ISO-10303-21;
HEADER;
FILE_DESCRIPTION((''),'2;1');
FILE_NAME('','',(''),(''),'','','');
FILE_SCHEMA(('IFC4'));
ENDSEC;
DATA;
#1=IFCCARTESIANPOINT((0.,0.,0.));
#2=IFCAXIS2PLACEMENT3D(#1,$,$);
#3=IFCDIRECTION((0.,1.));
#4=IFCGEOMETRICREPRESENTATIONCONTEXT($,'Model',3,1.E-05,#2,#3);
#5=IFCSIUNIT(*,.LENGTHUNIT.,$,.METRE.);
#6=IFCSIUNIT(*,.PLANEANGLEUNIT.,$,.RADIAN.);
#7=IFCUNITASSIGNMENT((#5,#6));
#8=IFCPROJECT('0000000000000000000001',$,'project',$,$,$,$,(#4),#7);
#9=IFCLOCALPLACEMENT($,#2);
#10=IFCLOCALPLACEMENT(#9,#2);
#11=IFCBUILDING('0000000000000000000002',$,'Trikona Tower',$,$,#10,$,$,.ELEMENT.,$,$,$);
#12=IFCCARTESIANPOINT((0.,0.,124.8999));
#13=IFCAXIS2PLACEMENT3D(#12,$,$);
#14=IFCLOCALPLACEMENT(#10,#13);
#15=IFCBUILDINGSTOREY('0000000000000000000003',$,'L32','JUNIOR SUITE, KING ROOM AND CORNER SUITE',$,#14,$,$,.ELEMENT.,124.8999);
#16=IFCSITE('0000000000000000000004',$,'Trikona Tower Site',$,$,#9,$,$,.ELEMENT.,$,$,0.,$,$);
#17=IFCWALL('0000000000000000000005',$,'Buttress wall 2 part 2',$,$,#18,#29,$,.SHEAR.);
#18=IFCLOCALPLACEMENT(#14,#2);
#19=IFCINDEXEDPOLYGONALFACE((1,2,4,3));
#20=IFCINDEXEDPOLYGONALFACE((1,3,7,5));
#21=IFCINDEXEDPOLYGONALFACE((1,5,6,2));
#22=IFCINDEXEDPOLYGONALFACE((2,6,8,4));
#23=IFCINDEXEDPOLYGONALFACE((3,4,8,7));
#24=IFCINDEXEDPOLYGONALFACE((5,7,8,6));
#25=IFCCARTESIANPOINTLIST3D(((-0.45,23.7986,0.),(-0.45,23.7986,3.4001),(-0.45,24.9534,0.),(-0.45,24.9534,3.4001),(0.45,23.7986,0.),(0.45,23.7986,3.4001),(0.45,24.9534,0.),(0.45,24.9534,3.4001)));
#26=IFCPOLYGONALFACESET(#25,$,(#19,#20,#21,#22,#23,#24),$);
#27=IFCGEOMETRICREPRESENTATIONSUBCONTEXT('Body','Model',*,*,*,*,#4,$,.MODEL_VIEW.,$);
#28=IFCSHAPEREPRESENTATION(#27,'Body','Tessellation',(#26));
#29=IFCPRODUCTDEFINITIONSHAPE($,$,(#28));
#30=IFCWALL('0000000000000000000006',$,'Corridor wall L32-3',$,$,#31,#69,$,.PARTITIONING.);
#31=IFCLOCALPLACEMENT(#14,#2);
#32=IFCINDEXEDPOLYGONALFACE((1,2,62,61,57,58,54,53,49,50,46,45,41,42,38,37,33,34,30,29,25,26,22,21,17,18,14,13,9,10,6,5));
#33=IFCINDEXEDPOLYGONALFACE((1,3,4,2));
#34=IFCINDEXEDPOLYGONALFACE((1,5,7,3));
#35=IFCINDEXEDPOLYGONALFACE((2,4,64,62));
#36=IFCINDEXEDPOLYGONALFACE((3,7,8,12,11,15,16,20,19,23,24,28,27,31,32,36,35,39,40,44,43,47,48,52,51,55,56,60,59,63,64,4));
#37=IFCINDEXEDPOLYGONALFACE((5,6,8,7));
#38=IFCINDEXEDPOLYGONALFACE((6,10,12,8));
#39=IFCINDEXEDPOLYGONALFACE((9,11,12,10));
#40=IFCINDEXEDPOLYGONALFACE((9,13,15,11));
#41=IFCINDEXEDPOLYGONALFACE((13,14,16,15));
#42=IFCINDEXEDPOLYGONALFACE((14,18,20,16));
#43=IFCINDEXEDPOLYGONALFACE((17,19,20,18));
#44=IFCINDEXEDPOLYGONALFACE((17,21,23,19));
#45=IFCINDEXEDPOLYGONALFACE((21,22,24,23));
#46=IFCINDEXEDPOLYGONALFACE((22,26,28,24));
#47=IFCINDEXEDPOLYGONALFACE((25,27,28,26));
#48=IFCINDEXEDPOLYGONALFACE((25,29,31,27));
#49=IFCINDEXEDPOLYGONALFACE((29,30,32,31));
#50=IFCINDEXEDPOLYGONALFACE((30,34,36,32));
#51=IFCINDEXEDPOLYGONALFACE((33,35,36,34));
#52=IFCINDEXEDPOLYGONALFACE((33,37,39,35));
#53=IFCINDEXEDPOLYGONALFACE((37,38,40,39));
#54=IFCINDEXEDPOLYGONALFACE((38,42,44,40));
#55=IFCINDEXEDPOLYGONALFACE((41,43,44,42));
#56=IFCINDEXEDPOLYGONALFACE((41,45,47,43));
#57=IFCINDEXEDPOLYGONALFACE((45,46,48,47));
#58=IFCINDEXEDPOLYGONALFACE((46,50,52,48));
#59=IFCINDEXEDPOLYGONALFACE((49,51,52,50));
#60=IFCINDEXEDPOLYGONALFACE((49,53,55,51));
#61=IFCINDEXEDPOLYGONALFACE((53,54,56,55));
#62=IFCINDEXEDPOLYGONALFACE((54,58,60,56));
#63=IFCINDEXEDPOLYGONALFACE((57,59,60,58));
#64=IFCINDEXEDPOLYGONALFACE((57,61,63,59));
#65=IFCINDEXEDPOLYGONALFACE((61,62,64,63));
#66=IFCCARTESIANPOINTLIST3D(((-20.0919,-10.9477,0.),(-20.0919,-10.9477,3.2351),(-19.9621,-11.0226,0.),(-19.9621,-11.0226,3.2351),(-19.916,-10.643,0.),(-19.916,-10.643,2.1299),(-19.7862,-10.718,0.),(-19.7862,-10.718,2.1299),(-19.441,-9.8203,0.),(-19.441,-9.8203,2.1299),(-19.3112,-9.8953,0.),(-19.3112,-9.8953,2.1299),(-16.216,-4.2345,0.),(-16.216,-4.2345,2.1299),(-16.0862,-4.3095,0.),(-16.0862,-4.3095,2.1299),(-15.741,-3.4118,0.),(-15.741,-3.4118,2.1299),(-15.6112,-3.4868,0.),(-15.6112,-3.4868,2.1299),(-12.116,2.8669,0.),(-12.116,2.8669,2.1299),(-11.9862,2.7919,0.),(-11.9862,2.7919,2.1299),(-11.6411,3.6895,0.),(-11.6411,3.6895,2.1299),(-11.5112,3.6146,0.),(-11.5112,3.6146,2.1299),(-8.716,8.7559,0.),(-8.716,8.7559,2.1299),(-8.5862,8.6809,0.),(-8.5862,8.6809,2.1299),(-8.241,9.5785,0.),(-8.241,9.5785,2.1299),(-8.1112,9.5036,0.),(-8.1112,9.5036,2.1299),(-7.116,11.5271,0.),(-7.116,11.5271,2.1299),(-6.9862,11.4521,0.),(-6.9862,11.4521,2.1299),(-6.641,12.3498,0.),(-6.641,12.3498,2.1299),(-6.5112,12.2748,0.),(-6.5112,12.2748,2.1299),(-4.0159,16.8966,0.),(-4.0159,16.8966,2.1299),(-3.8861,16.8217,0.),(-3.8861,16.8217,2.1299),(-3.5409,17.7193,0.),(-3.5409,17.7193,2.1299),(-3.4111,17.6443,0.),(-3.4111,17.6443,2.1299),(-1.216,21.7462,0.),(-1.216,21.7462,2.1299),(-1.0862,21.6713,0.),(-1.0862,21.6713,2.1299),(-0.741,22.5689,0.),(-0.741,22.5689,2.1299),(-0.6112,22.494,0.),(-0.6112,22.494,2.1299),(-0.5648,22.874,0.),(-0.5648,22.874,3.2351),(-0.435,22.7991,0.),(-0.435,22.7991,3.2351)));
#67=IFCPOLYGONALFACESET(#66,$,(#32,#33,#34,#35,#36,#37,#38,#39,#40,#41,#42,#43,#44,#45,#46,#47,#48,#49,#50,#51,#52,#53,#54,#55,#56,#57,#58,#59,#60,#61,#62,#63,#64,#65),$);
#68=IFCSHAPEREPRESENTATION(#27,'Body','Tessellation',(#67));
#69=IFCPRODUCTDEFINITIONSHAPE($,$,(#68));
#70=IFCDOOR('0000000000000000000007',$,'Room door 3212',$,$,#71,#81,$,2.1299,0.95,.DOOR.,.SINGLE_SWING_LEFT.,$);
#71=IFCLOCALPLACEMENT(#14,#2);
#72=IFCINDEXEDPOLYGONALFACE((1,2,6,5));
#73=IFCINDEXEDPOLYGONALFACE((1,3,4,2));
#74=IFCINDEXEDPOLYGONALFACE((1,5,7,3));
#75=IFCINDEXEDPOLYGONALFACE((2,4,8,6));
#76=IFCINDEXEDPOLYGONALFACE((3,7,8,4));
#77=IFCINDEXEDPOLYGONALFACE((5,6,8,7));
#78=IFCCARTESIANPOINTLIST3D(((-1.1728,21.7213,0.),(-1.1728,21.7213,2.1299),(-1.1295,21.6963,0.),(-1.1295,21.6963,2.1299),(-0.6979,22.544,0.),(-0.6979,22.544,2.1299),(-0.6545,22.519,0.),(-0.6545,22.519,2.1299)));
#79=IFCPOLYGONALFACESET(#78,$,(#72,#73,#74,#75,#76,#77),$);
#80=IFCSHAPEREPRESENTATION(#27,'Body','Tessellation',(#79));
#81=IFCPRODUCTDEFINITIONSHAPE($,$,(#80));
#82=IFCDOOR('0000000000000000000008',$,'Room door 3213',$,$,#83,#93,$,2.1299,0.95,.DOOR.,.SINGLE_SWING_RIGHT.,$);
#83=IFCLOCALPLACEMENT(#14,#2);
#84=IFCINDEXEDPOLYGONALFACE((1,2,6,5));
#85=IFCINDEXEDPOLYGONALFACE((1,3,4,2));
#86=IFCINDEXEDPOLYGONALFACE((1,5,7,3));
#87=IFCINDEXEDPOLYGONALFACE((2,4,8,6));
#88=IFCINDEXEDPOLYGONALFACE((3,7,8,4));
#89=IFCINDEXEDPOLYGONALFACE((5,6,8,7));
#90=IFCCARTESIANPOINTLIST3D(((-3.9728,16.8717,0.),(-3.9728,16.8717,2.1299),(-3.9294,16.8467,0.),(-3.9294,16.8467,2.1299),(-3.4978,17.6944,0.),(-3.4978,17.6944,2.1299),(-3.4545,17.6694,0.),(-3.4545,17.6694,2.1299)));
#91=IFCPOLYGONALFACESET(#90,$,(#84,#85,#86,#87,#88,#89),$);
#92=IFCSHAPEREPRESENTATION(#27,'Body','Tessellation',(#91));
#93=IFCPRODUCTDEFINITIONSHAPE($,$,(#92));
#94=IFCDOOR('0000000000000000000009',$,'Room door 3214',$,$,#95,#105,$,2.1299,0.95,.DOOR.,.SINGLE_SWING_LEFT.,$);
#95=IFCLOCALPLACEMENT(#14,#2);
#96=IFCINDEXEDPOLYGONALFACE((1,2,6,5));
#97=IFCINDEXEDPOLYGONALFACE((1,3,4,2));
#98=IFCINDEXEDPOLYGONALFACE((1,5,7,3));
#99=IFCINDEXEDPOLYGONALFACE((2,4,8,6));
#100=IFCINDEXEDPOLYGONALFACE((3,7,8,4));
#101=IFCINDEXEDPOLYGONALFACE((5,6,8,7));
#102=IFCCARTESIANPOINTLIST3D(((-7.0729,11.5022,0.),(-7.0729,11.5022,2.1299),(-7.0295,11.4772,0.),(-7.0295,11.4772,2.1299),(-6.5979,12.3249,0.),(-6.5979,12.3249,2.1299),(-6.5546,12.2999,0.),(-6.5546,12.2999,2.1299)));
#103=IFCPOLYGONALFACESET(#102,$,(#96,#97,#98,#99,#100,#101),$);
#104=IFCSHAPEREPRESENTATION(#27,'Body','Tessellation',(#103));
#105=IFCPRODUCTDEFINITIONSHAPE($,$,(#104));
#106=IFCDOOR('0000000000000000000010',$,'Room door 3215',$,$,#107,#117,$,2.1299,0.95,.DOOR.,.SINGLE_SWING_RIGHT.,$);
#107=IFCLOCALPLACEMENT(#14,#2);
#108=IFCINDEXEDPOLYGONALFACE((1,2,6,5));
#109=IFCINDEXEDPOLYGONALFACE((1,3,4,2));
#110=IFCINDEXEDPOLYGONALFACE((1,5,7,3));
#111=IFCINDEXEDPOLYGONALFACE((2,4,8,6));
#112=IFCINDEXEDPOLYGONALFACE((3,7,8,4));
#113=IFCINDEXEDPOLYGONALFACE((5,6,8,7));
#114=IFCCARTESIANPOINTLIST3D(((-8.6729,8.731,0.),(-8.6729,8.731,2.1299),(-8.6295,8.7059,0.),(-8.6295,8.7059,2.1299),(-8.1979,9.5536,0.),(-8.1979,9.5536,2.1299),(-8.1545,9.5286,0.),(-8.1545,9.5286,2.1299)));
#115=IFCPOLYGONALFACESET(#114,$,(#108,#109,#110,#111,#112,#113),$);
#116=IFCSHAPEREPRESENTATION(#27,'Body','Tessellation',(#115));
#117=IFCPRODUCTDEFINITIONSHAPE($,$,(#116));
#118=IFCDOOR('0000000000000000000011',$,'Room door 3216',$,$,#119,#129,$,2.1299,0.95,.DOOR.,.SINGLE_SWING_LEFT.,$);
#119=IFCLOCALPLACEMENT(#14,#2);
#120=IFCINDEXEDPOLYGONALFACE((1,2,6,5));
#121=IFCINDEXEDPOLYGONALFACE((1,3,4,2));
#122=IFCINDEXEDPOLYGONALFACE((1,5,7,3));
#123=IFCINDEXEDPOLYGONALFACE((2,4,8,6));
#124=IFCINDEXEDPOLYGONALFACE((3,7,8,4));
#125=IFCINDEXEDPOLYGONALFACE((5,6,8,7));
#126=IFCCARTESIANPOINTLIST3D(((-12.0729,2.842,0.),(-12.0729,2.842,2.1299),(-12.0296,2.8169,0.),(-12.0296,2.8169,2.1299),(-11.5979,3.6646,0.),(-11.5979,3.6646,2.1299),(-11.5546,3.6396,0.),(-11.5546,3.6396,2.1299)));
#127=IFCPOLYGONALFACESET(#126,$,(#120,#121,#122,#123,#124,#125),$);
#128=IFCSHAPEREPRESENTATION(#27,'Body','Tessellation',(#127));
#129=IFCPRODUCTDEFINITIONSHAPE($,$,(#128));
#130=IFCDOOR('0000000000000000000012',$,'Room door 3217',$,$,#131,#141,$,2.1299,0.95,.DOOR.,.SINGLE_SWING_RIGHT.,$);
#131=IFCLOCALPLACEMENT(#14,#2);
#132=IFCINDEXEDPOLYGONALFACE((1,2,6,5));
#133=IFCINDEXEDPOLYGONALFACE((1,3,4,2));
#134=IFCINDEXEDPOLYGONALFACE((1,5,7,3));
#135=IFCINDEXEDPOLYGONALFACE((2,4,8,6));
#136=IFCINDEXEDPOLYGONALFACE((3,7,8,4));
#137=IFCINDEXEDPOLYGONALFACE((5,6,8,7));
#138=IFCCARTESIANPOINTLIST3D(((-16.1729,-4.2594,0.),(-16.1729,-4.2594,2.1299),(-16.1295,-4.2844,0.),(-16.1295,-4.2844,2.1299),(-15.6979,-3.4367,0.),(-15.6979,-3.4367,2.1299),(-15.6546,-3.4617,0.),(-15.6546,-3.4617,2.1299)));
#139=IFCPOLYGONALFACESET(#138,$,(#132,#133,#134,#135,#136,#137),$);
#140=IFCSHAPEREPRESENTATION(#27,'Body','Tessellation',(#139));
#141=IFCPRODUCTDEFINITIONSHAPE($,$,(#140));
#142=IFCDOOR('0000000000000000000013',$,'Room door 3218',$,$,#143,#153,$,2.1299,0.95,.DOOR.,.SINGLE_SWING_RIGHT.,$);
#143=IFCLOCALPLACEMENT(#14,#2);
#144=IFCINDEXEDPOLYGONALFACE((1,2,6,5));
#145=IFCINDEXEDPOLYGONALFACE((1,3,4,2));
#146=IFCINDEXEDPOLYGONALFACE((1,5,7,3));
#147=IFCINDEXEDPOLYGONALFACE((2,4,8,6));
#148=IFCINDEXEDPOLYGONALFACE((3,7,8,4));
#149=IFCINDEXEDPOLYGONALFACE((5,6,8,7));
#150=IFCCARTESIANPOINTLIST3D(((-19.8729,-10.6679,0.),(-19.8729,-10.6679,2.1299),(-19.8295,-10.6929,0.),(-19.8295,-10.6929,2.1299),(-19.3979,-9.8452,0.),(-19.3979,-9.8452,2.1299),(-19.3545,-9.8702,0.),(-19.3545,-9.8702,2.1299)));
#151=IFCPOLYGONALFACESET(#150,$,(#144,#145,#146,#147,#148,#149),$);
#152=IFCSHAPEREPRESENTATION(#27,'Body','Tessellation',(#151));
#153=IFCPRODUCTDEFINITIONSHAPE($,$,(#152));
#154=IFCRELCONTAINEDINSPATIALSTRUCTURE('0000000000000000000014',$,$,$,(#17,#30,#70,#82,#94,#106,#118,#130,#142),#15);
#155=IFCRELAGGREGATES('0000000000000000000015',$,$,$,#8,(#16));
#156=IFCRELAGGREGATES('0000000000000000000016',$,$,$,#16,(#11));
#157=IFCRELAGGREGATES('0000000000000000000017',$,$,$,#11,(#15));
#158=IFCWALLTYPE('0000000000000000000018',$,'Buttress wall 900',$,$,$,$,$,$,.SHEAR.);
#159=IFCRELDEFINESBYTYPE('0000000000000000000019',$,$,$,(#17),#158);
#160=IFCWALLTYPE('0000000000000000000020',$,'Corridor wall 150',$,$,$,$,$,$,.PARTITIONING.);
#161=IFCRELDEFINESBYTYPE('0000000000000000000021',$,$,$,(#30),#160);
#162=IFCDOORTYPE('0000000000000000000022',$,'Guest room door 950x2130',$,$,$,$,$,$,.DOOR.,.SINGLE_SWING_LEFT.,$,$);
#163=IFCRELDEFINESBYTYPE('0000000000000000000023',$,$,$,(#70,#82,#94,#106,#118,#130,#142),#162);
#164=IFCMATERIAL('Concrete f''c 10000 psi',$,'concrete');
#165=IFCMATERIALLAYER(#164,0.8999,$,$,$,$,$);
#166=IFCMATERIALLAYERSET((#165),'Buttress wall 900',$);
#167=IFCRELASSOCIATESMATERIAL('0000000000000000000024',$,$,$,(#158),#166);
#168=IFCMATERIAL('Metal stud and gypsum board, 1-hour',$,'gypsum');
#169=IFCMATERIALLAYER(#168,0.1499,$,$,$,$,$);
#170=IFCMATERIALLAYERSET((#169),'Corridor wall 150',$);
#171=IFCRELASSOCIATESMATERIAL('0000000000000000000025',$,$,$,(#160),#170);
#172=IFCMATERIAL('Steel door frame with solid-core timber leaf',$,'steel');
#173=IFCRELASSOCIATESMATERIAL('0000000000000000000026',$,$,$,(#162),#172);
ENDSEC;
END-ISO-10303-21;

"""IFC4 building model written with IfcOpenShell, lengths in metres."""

from ifc_helpers import new_model, si_unit, direction, frame, frame_2d, origin, place, context, subcontext, project, spatial, rectangle, extrude, material, layer, layer_set, type_object, element, fill, save


model = new_model("IFC4")

# Units and contexts
model_context = context("Model", 3, precision=1e-05, world=origin(), true_north=direction((0.0, 1.0)))
body_context = subcontext(model_context, "Body", "Model", "MODEL_VIEW")
ifc_project = project(units=[si_unit("LENGTHUNIT", "METRE"), si_unit("PLANEANGLEUNIT", "RADIAN")], contexts=[model_context])

# Site, building, storey
site_placement = place(None, origin())
site = spatial("IfcSite", under=ifc_project, at=site_placement, Name="Trikona Tower Site", CompositionType="ELEMENT", RefElevation=0.0)
building_placement = place(site_placement, origin())
building = spatial("IfcBuilding", under=site, at=building_placement, Name="Trikona Tower", CompositionType="ELEMENT")
storey_placement = place(building_placement, frame((0.0, 0.0, 124.8999)))
storey = spatial("IfcBuildingStorey", under=building, at=storey_placement, Name="L32", Description="JUNIOR SUITE, KING ROOM AND CORNER SUITE", CompositionType="ELEMENT", Elevation=124.8999)

# Wall
ifc_material_1 = material(Name="Concrete f'c 10000 psi", Category="concrete")
ifc_layer_1 = layer(ifc_material_1, 0.8999)
ifc_layer_set_1 = layer_set([ifc_layer_1], Name="Buttress wall 900")
wall_type_1 = type_object("IfcWallType", Name="Buttress wall 900", PredefinedType="SHEAR", material=ifc_layer_set_1)
wall_1_placement = place(storey_placement, frame((0.0, 23.7986, 0.0), z_axis=(0.0, 0.0, 1.0), x_axis=(0.0, 1.0, 0.0)))
element("IfcWall", 1, at=wall_1_placement, inside=storey, type_object=wall_type_1, Name="Buttress wall 2 part 2", PredefinedType="SHEAR", context=body_context, shape_type="SweptSolid", body=[
    extrude(rectangle(XDim=1.1548, YDim=0.8999, at=frame_2d((0.5774, 0.0))), origin(), (0.0, 0.0, 1.0), 3.4001),
])

# Wall, openings, doors
ifc_material_2 = material(Name="Metal stud and gypsum board, 1-hour", Category="gypsum")
ifc_layer_2 = layer(ifc_material_2, 0.1499)
ifc_layer_set_2 = layer_set([ifc_layer_2], Name="Corridor wall 150")
wall_type_2 = type_object("IfcWallType", Name="Corridor wall 150", PredefinedType="PARTITIONING", material=ifc_layer_set_2)
wall_2_placement = place(storey_placement, frame((-0.5, 22.8364, 0.0), z_axis=(0.0, 0.0, 1.0), x_axis=(-0.500002, -0.866024, 0.0)))
wall_2 = element("IfcWall", 2, at=wall_2_placement, inside=storey, type_object=wall_type_2, Name="Corridor wall L32-3", PredefinedType="PARTITIONING", context=body_context, shape_type="SweptSolid", body=[
    extrude(rectangle(XDim=39.054, YDim=0.1499, at=frame_2d((19.5269, 0.0))), origin(), (0.0, 0.0, 1.0), 3.2351),
])
opening_1_placement = place(wall_2_placement, frame((0.3521, 0.0, 0.0)))
opening_1 = element("IfcOpeningElement", 3, at=opening_1_placement, cuts=wall_2, PredefinedType="OPENING", context=body_context, shape_type="SweptSolid", body=[
    extrude(rectangle(XDim=0.95, YDim=2.1299, at=frame_2d((0.4751, 1.0649))), frame((0.0, 0.085, 0.0), z_axis=(0.0, -1.0, 0.0), x_axis=(1.0, 0.0, 0.0)), (0.0, 0.0, 1.0), 0.1699),
])
opening_2_placement = place(wall_2_placement, frame((5.9519, 0.0, 0.0)))
opening_2 = element("IfcOpeningElement", 4, at=opening_2_placement, cuts=wall_2, PredefinedType="OPENING", context=body_context, shape_type="SweptSolid", body=[
    extrude(rectangle(XDim=0.95, YDim=2.1299, at=frame_2d((0.4751, 1.0649))), frame((0.0, 0.085, 0.0), z_axis=(0.0, -1.0, 0.0), x_axis=(1.0, 0.0, 0.0)), (0.0, 0.0, 1.0), 0.1699),
])
opening_3_placement = place(wall_2_placement, frame((12.1521, 0.0, 0.0)))
opening_3 = element("IfcOpeningElement", 5, at=opening_3_placement, cuts=wall_2, PredefinedType="OPENING", context=body_context, shape_type="SweptSolid", body=[
    extrude(rectangle(XDim=0.95, YDim=2.1299, at=frame_2d((0.4751, 1.0649))), frame((0.0, 0.085, 0.0), z_axis=(0.0, -1.0, 0.0), x_axis=(1.0, 0.0, 0.0)), (0.0, 0.0, 1.0), 0.1699),
])
opening_4_placement = place(wall_2_placement, frame((15.3521, 0.0, 0.0)))
opening_4 = element("IfcOpeningElement", 6, at=opening_4_placement, cuts=wall_2, PredefinedType="OPENING", context=body_context, shape_type="SweptSolid", body=[
    extrude(rectangle(XDim=0.95, YDim=2.1299, at=frame_2d((0.4751, 1.0649))), frame((0.0, 0.085, 0.0), z_axis=(0.0, -1.0, 0.0), x_axis=(1.0, 0.0, 0.0)), (0.0, 0.0, 1.0), 0.1699),
])
opening_5_placement = place(wall_2_placement, frame((22.1521, 0.0, 0.0)))
opening_5 = element("IfcOpeningElement", 7, at=opening_5_placement, cuts=wall_2, PredefinedType="OPENING", context=body_context, shape_type="SweptSolid", body=[
    extrude(rectangle(XDim=0.95, YDim=2.1299, at=frame_2d((0.4751, 1.0649))), frame((0.0, 0.085, 0.0), z_axis=(0.0, -1.0, 0.0), x_axis=(1.0, 0.0, 0.0)), (0.0, 0.0, 1.0), 0.1699),
])
opening_6_placement = place(wall_2_placement, frame((30.3521, 0.0, 0.0)))
opening_6 = element("IfcOpeningElement", 8, at=opening_6_placement, cuts=wall_2, PredefinedType="OPENING", context=body_context, shape_type="SweptSolid", body=[
    extrude(rectangle(XDim=0.95, YDim=2.1299, at=frame_2d((0.4751, 1.0649))), frame((0.0, 0.085, 0.0), z_axis=(0.0, -1.0, 0.0), x_axis=(1.0, 0.0, 0.0)), (0.0, 0.0, 1.0), 0.1699),
])
opening_7_placement = place(wall_2_placement, frame((37.752, 0.0, 0.0)))
opening_7 = element("IfcOpeningElement", 9, at=opening_7_placement, cuts=wall_2, PredefinedType="OPENING", context=body_context, shape_type="SweptSolid", body=[
    extrude(rectangle(XDim=0.95, YDim=2.1299, at=frame_2d((0.4751, 1.0649))), frame((0.0, 0.085, 0.0), z_axis=(0.0, -1.0, 0.0), x_axis=(1.0, 0.0, 0.0)), (0.0, 0.0, 1.0), 0.1699),
])
ifc_material_3 = material(Name="Steel door frame with solid-core timber leaf", Category="steel")
door_type = type_object("IfcDoorType", Name="Guest room door 950x2130", OperationType="SINGLE_SWING_LEFT", PredefinedType="DOOR", material=ifc_material_3)
door_1_placement = place(opening_1_placement, origin())
door_1 = element("IfcDoor", 10, at=door_1_placement, inside=storey, type_object=door_type, Name="Room door 3212", OperationType="SINGLE_SWING_LEFT", OverallHeight=2.1299, OverallWidth=0.95, PredefinedType="DOOR", context=body_context, shape_type="SweptSolid", body=[
    extrude(rectangle(XDim=0.95, YDim=2.1299, at=frame_2d((0.4751, 1.0649))), frame((0.0, 0.0249, 0.0), z_axis=(0.0, -1.0, 0.0), x_axis=(1.0, 0.0, 0.0)), (0.0, 0.0, 1.0), 0.05),
])
fill(opening_1, door_1)
door_2_placement = place(opening_2_placement, origin())
door_2 = element("IfcDoor", 11, at=door_2_placement, inside=storey, type_object=door_type, Name="Room door 3213", OperationType="SINGLE_SWING_RIGHT", OverallHeight=2.1299, OverallWidth=0.95, PredefinedType="DOOR", context=body_context, shape_type="SweptSolid", body=[
    extrude(rectangle(XDim=0.95, YDim=2.1299, at=frame_2d((0.4751, 1.0649))), frame((0.0, 0.0249, 0.0), z_axis=(0.0, -1.0, 0.0), x_axis=(1.0, 0.0, 0.0)), (0.0, 0.0, 1.0), 0.05),
])
fill(opening_2, door_2)
door_3_placement = place(opening_3_placement, origin())
door_3 = element("IfcDoor", 12, at=door_3_placement, inside=storey, type_object=door_type, Name="Room door 3214", OperationType="SINGLE_SWING_LEFT", OverallHeight=2.1299, OverallWidth=0.95, PredefinedType="DOOR", context=body_context, shape_type="SweptSolid", body=[
    extrude(rectangle(XDim=0.95, YDim=2.1299, at=frame_2d((0.4751, 1.0649))), frame((0.0, 0.0249, 0.0), z_axis=(0.0, -1.0, 0.0), x_axis=(1.0, 0.0, 0.0)), (0.0, 0.0, 1.0), 0.05),
])
fill(opening_3, door_3)
door_4_placement = place(opening_4_placement, origin())
door_4 = element("IfcDoor", 13, at=door_4_placement, inside=storey, type_object=door_type, Name="Room door 3215", OperationType="SINGLE_SWING_RIGHT", OverallHeight=2.1299, OverallWidth=0.95, PredefinedType="DOOR", context=body_context, shape_type="SweptSolid", body=[
    extrude(rectangle(XDim=0.95, YDim=2.1299, at=frame_2d((0.4751, 1.0649))), frame((0.0, 0.0249, 0.0), z_axis=(0.0, -1.0, 0.0), x_axis=(1.0, 0.0, 0.0)), (0.0, 0.0, 1.0), 0.05),
])
fill(opening_4, door_4)
door_5_placement = place(opening_5_placement, origin())
door_5 = element("IfcDoor", 14, at=door_5_placement, inside=storey, type_object=door_type, Name="Room door 3216", OperationType="SINGLE_SWING_LEFT", OverallHeight=2.1299, OverallWidth=0.95, PredefinedType="DOOR", context=body_context, shape_type="SweptSolid", body=[
    extrude(rectangle(XDim=0.95, YDim=2.1299, at=frame_2d((0.4751, 1.0649))), frame((0.0, 0.0249, 0.0), z_axis=(0.0, -1.0, 0.0), x_axis=(1.0, 0.0, 0.0)), (0.0, 0.0, 1.0), 0.05),
])
fill(opening_5, door_5)
door_6_placement = place(opening_6_placement, origin())
door_6 = element("IfcDoor", 15, at=door_6_placement, inside=storey, type_object=door_type, Name="Room door 3217", OperationType="SINGLE_SWING_RIGHT", OverallHeight=2.1299, OverallWidth=0.95, PredefinedType="DOOR", context=body_context, shape_type="SweptSolid", body=[
    extrude(rectangle(XDim=0.95, YDim=2.1299, at=frame_2d((0.4751, 1.0649))), frame((0.0, 0.0249, 0.0), z_axis=(0.0, -1.0, 0.0), x_axis=(1.0, 0.0, 0.0)), (0.0, 0.0, 1.0), 0.05),
])
fill(opening_6, door_6)
door_7_placement = place(opening_7_placement, origin())
door_7 = element("IfcDoor", 16, at=door_7_placement, inside=storey, type_object=door_type, Name="Room door 3218", OperationType="SINGLE_SWING_RIGHT", OverallHeight=2.1299, OverallWidth=0.95, PredefinedType="DOOR", context=body_context, shape_type="SweptSolid", body=[
    extrude(rectangle(XDim=0.95, YDim=2.1299, at=frame_2d((0.4751, 1.0649))), frame((0.0, 0.0249, 0.0), z_axis=(0.0, -1.0, 0.0), x_axis=(1.0, 0.0, 0.0)), (0.0, 0.0, 1.0), 0.05),
])
fill(opening_7, door_7)

save(model, "model.ifc")
